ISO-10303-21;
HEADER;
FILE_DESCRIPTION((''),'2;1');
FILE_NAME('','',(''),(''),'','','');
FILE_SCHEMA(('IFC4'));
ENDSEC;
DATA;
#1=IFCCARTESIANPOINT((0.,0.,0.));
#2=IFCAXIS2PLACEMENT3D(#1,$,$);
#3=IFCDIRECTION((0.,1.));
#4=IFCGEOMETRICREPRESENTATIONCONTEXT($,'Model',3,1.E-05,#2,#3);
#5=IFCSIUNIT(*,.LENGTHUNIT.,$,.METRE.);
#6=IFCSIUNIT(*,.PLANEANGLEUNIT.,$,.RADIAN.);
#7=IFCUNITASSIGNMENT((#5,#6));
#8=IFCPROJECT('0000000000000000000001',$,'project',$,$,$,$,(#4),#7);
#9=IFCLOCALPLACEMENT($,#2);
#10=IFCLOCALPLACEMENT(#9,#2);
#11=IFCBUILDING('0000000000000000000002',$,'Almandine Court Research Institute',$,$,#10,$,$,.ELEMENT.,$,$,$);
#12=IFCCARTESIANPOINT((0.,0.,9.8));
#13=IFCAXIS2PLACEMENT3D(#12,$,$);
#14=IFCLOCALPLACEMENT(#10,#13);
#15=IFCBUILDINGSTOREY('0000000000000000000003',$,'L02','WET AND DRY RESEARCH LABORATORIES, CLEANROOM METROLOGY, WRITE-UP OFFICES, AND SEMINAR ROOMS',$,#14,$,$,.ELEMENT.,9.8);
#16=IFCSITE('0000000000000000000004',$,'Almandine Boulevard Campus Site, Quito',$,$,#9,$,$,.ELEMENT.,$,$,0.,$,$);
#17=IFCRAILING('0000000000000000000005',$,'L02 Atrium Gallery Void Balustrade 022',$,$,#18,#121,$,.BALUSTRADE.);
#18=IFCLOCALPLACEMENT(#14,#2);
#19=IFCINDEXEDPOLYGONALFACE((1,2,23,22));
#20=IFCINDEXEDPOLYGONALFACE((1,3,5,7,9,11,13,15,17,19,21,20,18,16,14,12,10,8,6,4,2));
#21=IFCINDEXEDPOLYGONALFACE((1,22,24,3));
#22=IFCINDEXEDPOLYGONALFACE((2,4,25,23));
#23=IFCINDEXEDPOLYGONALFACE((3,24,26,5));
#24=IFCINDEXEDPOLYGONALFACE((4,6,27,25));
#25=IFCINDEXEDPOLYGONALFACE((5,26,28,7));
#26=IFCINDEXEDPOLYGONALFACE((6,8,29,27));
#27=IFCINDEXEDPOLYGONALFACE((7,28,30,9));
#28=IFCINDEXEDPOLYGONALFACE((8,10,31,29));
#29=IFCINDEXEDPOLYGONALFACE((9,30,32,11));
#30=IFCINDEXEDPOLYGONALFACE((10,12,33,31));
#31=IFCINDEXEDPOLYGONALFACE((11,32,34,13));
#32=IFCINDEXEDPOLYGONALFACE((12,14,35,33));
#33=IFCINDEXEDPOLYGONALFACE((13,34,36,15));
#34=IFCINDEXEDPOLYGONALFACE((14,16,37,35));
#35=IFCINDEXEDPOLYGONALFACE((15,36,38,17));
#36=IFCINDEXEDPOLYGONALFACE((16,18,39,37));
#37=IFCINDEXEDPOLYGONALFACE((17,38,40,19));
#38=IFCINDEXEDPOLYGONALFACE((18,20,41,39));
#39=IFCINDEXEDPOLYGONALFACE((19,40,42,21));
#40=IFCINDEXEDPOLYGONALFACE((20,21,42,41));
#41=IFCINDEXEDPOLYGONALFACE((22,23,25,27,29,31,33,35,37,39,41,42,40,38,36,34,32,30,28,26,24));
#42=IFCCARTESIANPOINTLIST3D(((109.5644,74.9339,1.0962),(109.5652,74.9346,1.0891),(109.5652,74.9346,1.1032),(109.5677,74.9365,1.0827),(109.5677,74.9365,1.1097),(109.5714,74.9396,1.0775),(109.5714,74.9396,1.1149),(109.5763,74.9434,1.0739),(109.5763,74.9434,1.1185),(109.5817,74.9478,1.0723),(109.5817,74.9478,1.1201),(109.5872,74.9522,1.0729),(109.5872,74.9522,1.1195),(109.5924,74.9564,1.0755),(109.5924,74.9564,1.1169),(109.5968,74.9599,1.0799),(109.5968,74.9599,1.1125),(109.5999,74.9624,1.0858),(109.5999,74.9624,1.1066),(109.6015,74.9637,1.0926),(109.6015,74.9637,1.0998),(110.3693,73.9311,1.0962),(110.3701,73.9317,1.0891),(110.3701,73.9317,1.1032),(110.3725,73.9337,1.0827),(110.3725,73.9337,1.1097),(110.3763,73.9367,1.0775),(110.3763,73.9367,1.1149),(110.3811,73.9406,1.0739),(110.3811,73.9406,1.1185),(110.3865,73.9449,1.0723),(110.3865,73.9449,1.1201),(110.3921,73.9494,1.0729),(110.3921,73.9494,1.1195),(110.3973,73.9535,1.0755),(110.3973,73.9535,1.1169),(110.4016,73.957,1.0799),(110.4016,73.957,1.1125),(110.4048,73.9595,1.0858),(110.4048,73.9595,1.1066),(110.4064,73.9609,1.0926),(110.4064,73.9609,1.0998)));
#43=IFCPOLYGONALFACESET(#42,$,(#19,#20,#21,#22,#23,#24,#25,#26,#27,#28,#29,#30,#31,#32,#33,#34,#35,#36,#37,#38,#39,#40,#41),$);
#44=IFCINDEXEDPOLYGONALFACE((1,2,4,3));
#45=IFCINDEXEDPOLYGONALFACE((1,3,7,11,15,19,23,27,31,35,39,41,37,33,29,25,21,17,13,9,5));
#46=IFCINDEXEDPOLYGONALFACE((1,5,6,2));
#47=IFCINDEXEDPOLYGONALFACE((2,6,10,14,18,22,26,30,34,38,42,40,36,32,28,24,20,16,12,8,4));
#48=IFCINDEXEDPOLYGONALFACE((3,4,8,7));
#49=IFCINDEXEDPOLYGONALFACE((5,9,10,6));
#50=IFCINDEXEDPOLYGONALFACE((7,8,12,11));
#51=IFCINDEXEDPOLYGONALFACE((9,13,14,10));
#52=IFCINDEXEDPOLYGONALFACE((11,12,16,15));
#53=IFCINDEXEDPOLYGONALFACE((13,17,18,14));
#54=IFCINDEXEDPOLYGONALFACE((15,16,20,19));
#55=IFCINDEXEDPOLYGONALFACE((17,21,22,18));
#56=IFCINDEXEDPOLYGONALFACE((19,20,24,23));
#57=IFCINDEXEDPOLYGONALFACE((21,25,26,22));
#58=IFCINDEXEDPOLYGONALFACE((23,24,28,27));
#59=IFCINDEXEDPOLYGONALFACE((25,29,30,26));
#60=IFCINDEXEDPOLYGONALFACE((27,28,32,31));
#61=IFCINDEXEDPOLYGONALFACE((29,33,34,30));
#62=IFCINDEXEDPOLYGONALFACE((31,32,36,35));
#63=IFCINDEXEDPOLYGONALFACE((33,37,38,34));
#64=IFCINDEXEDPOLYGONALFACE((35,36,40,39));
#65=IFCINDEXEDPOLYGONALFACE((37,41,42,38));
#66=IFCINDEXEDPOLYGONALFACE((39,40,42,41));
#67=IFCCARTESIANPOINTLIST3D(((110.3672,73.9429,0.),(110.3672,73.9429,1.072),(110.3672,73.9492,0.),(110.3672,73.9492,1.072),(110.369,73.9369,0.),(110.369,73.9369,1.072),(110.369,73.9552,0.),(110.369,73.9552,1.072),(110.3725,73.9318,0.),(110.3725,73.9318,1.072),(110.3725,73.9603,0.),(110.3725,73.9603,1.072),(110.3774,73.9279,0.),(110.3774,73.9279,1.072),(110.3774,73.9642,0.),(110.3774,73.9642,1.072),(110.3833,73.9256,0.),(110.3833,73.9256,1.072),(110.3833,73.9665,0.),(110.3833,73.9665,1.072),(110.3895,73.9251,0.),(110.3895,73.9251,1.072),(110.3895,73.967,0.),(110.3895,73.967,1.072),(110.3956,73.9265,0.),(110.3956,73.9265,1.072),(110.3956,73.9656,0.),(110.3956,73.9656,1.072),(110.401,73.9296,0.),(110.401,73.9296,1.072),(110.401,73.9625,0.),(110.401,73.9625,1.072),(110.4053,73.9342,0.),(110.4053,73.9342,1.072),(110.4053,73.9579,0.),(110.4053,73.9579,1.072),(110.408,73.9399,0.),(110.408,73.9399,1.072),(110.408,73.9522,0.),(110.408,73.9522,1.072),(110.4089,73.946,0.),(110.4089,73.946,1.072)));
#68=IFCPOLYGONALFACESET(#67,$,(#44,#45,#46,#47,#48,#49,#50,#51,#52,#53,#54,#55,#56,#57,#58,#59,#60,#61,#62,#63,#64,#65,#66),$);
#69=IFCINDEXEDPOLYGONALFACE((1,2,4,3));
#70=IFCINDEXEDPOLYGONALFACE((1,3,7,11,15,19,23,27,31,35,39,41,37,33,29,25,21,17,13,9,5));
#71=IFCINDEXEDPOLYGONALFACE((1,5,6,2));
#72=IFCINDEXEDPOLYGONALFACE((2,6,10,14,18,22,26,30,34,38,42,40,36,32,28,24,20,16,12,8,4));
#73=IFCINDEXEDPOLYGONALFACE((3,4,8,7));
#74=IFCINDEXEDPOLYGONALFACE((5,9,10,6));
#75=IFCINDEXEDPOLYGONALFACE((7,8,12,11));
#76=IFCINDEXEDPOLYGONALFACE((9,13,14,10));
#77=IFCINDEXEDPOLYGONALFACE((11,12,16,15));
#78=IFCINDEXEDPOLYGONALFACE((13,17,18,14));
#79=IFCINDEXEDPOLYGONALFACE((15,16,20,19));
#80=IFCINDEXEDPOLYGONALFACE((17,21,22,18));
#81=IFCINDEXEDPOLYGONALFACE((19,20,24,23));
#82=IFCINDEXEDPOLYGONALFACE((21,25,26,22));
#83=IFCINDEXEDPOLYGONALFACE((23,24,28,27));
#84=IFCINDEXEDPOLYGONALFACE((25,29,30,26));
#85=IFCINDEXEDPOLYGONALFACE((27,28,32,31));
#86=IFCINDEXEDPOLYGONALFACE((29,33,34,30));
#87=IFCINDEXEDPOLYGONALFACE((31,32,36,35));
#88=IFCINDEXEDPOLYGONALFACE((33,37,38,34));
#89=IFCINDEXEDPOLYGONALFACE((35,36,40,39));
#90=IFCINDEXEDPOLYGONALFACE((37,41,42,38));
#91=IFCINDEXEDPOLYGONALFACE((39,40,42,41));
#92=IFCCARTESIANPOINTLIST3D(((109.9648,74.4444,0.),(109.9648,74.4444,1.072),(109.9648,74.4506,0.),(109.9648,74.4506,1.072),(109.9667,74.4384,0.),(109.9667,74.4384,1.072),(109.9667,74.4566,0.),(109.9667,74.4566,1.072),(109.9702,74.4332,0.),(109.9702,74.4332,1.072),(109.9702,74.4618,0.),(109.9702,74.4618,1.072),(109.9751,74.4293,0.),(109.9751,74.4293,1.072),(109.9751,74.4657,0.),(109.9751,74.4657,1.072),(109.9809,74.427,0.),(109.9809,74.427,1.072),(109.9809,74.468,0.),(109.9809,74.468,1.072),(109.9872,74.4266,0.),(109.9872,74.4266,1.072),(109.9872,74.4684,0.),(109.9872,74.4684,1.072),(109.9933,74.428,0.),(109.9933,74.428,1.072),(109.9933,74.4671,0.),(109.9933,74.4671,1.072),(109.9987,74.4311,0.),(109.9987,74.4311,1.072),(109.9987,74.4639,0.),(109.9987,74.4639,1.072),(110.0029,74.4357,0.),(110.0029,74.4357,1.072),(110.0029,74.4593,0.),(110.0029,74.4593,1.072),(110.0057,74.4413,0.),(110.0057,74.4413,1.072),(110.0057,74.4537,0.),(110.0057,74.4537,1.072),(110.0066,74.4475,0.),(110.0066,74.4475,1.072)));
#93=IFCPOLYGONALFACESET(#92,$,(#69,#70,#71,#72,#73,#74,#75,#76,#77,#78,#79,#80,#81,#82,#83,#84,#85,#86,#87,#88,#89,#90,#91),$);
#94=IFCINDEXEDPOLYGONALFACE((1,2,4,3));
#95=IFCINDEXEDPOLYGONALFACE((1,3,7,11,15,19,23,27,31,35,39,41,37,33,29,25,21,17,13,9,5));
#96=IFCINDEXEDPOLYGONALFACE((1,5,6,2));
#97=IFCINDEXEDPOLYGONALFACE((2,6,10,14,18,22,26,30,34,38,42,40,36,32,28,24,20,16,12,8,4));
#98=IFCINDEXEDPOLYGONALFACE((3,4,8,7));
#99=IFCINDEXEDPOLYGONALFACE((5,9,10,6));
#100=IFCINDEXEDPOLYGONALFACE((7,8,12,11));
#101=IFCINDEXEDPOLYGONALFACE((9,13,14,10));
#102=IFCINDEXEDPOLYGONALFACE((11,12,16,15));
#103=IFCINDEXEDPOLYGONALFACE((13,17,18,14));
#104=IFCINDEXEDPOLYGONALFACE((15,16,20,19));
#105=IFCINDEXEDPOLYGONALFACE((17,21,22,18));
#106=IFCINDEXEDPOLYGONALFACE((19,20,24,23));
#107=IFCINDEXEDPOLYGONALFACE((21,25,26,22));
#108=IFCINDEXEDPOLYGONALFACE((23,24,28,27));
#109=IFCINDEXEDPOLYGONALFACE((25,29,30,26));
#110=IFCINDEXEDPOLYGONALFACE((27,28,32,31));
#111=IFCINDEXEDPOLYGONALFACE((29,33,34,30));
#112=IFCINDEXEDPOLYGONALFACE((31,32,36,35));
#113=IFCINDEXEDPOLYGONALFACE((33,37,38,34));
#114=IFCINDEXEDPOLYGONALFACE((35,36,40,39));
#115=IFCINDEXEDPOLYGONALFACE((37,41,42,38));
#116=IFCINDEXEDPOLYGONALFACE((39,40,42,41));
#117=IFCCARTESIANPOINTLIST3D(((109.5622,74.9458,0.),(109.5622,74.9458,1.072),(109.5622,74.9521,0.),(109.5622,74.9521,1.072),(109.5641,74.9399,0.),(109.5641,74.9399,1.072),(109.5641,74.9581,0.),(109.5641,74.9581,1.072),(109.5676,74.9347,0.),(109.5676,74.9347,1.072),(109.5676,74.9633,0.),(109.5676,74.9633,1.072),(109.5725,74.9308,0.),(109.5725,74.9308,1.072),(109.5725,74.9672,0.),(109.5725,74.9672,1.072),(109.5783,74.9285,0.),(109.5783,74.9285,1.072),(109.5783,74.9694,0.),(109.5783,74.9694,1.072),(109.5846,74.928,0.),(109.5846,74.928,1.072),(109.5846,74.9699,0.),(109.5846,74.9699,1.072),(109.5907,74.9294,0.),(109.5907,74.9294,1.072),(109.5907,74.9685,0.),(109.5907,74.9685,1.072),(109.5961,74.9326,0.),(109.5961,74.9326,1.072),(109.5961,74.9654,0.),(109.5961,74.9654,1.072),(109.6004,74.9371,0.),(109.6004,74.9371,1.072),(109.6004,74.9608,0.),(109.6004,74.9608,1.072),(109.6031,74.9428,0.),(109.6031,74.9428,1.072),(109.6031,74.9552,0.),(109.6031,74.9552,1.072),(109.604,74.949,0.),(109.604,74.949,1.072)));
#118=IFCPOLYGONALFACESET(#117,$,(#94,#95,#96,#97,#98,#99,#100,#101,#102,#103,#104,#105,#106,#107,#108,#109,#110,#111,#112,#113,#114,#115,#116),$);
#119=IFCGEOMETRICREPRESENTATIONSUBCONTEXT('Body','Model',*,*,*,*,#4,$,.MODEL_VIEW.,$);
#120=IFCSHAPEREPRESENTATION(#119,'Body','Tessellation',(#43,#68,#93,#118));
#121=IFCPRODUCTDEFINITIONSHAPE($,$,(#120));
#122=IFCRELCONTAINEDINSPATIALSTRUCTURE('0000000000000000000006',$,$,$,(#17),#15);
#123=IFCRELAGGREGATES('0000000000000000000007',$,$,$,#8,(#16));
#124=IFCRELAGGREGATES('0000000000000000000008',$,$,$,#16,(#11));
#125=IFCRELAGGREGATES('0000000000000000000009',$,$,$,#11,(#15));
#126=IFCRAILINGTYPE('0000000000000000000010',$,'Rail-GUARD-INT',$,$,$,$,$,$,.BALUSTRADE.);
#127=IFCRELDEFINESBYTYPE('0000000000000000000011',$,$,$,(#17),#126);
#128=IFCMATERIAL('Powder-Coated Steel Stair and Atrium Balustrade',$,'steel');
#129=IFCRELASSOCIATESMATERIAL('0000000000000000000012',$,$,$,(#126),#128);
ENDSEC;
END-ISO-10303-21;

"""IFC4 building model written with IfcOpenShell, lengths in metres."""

from ifc_helpers import new_model, si_unit, direction, frame, origin, origin_2d, place, context, subcontext, project, spatial, circle, extrude, material, type_object, element, save


model = new_model("IFC4")

# Units and contexts
model_context = context("Model", 3, precision=1e-05, world=origin(), true_north=direction((0.0, 1.0)))
body_context = subcontext(model_context, "Body", "Model", "MODEL_VIEW")
ifc_project = project(units=[si_unit("LENGTHUNIT", "METRE"), si_unit("PLANEANGLEUNIT", "RADIAN")], contexts=[model_context])

# Site, building, storey
site_placement = place(None, origin())
site = spatial("IfcSite", under=ifc_project, at=site_placement, Name="Almandine Boulevard Campus Site, Quito", CompositionType="ELEMENT", RefElevation=0.0)
building_placement = place(site_placement, origin())
building = spatial("IfcBuilding", under=site, at=building_placement, Name="Almandine Court Research Institute", CompositionType="ELEMENT")
storey_placement = place(building_placement, frame((0.0, 0.0, 9.8)))
storey = spatial("IfcBuildingStorey", under=building, at=storey_placement, Name="L02", Description="WET AND DRY RESEARCH LABORATORIES, CLEANROOM METROLOGY, WRITE-UP OFFICES, AND SEMINAR ROOMS", CompositionType="ELEMENT", Elevation=9.8)

# Railing
ifc_material_1 = material(Name="Powder-Coated Steel Stair and Atrium Balustrade", Category="steel")
railing_type = type_object("IfcRailingType", Name="Rail-GUARD-INT", PredefinedType="BALUSTRADE", material=ifc_material_1)
railing_1_placement = place(storey_placement, frame((110.3879, 73.946, 0.0)))
element("IfcRailing", 1, at=railing_1_placement, inside=storey, type_object=railing_type, Name="L02 Atrium Gallery Void Balustrade 022", PredefinedType="BALUSTRADE", context=body_context, shape_type="SweptSolid", body=[
    extrude(circle(Radius=0.0239, at=origin_2d()), frame((0.0, 0.0, 1.0962), z_axis=(-0.625921, 0.779886, 0.0), x_axis=(-0.779886, -0.625921, 0.0)), (0.0, 0.0, 1.0), 1.2859),
    extrude(circle(Radius=0.021, at=origin_2d()), origin(), (0.0, 0.0, 1.0), 1.072),
    extrude(circle(Radius=0.021, at=origin_2d()), frame((-0.4023, 0.5015, 0.0)), (0.0, 0.0, 1.0), 1.072),
    extrude(circle(Radius=0.021, at=origin_2d()), frame((-0.8049, 1.0029, 0.0)), (0.0, 0.0, 1.0), 1.072),
])

save(model, "model.ifc")
